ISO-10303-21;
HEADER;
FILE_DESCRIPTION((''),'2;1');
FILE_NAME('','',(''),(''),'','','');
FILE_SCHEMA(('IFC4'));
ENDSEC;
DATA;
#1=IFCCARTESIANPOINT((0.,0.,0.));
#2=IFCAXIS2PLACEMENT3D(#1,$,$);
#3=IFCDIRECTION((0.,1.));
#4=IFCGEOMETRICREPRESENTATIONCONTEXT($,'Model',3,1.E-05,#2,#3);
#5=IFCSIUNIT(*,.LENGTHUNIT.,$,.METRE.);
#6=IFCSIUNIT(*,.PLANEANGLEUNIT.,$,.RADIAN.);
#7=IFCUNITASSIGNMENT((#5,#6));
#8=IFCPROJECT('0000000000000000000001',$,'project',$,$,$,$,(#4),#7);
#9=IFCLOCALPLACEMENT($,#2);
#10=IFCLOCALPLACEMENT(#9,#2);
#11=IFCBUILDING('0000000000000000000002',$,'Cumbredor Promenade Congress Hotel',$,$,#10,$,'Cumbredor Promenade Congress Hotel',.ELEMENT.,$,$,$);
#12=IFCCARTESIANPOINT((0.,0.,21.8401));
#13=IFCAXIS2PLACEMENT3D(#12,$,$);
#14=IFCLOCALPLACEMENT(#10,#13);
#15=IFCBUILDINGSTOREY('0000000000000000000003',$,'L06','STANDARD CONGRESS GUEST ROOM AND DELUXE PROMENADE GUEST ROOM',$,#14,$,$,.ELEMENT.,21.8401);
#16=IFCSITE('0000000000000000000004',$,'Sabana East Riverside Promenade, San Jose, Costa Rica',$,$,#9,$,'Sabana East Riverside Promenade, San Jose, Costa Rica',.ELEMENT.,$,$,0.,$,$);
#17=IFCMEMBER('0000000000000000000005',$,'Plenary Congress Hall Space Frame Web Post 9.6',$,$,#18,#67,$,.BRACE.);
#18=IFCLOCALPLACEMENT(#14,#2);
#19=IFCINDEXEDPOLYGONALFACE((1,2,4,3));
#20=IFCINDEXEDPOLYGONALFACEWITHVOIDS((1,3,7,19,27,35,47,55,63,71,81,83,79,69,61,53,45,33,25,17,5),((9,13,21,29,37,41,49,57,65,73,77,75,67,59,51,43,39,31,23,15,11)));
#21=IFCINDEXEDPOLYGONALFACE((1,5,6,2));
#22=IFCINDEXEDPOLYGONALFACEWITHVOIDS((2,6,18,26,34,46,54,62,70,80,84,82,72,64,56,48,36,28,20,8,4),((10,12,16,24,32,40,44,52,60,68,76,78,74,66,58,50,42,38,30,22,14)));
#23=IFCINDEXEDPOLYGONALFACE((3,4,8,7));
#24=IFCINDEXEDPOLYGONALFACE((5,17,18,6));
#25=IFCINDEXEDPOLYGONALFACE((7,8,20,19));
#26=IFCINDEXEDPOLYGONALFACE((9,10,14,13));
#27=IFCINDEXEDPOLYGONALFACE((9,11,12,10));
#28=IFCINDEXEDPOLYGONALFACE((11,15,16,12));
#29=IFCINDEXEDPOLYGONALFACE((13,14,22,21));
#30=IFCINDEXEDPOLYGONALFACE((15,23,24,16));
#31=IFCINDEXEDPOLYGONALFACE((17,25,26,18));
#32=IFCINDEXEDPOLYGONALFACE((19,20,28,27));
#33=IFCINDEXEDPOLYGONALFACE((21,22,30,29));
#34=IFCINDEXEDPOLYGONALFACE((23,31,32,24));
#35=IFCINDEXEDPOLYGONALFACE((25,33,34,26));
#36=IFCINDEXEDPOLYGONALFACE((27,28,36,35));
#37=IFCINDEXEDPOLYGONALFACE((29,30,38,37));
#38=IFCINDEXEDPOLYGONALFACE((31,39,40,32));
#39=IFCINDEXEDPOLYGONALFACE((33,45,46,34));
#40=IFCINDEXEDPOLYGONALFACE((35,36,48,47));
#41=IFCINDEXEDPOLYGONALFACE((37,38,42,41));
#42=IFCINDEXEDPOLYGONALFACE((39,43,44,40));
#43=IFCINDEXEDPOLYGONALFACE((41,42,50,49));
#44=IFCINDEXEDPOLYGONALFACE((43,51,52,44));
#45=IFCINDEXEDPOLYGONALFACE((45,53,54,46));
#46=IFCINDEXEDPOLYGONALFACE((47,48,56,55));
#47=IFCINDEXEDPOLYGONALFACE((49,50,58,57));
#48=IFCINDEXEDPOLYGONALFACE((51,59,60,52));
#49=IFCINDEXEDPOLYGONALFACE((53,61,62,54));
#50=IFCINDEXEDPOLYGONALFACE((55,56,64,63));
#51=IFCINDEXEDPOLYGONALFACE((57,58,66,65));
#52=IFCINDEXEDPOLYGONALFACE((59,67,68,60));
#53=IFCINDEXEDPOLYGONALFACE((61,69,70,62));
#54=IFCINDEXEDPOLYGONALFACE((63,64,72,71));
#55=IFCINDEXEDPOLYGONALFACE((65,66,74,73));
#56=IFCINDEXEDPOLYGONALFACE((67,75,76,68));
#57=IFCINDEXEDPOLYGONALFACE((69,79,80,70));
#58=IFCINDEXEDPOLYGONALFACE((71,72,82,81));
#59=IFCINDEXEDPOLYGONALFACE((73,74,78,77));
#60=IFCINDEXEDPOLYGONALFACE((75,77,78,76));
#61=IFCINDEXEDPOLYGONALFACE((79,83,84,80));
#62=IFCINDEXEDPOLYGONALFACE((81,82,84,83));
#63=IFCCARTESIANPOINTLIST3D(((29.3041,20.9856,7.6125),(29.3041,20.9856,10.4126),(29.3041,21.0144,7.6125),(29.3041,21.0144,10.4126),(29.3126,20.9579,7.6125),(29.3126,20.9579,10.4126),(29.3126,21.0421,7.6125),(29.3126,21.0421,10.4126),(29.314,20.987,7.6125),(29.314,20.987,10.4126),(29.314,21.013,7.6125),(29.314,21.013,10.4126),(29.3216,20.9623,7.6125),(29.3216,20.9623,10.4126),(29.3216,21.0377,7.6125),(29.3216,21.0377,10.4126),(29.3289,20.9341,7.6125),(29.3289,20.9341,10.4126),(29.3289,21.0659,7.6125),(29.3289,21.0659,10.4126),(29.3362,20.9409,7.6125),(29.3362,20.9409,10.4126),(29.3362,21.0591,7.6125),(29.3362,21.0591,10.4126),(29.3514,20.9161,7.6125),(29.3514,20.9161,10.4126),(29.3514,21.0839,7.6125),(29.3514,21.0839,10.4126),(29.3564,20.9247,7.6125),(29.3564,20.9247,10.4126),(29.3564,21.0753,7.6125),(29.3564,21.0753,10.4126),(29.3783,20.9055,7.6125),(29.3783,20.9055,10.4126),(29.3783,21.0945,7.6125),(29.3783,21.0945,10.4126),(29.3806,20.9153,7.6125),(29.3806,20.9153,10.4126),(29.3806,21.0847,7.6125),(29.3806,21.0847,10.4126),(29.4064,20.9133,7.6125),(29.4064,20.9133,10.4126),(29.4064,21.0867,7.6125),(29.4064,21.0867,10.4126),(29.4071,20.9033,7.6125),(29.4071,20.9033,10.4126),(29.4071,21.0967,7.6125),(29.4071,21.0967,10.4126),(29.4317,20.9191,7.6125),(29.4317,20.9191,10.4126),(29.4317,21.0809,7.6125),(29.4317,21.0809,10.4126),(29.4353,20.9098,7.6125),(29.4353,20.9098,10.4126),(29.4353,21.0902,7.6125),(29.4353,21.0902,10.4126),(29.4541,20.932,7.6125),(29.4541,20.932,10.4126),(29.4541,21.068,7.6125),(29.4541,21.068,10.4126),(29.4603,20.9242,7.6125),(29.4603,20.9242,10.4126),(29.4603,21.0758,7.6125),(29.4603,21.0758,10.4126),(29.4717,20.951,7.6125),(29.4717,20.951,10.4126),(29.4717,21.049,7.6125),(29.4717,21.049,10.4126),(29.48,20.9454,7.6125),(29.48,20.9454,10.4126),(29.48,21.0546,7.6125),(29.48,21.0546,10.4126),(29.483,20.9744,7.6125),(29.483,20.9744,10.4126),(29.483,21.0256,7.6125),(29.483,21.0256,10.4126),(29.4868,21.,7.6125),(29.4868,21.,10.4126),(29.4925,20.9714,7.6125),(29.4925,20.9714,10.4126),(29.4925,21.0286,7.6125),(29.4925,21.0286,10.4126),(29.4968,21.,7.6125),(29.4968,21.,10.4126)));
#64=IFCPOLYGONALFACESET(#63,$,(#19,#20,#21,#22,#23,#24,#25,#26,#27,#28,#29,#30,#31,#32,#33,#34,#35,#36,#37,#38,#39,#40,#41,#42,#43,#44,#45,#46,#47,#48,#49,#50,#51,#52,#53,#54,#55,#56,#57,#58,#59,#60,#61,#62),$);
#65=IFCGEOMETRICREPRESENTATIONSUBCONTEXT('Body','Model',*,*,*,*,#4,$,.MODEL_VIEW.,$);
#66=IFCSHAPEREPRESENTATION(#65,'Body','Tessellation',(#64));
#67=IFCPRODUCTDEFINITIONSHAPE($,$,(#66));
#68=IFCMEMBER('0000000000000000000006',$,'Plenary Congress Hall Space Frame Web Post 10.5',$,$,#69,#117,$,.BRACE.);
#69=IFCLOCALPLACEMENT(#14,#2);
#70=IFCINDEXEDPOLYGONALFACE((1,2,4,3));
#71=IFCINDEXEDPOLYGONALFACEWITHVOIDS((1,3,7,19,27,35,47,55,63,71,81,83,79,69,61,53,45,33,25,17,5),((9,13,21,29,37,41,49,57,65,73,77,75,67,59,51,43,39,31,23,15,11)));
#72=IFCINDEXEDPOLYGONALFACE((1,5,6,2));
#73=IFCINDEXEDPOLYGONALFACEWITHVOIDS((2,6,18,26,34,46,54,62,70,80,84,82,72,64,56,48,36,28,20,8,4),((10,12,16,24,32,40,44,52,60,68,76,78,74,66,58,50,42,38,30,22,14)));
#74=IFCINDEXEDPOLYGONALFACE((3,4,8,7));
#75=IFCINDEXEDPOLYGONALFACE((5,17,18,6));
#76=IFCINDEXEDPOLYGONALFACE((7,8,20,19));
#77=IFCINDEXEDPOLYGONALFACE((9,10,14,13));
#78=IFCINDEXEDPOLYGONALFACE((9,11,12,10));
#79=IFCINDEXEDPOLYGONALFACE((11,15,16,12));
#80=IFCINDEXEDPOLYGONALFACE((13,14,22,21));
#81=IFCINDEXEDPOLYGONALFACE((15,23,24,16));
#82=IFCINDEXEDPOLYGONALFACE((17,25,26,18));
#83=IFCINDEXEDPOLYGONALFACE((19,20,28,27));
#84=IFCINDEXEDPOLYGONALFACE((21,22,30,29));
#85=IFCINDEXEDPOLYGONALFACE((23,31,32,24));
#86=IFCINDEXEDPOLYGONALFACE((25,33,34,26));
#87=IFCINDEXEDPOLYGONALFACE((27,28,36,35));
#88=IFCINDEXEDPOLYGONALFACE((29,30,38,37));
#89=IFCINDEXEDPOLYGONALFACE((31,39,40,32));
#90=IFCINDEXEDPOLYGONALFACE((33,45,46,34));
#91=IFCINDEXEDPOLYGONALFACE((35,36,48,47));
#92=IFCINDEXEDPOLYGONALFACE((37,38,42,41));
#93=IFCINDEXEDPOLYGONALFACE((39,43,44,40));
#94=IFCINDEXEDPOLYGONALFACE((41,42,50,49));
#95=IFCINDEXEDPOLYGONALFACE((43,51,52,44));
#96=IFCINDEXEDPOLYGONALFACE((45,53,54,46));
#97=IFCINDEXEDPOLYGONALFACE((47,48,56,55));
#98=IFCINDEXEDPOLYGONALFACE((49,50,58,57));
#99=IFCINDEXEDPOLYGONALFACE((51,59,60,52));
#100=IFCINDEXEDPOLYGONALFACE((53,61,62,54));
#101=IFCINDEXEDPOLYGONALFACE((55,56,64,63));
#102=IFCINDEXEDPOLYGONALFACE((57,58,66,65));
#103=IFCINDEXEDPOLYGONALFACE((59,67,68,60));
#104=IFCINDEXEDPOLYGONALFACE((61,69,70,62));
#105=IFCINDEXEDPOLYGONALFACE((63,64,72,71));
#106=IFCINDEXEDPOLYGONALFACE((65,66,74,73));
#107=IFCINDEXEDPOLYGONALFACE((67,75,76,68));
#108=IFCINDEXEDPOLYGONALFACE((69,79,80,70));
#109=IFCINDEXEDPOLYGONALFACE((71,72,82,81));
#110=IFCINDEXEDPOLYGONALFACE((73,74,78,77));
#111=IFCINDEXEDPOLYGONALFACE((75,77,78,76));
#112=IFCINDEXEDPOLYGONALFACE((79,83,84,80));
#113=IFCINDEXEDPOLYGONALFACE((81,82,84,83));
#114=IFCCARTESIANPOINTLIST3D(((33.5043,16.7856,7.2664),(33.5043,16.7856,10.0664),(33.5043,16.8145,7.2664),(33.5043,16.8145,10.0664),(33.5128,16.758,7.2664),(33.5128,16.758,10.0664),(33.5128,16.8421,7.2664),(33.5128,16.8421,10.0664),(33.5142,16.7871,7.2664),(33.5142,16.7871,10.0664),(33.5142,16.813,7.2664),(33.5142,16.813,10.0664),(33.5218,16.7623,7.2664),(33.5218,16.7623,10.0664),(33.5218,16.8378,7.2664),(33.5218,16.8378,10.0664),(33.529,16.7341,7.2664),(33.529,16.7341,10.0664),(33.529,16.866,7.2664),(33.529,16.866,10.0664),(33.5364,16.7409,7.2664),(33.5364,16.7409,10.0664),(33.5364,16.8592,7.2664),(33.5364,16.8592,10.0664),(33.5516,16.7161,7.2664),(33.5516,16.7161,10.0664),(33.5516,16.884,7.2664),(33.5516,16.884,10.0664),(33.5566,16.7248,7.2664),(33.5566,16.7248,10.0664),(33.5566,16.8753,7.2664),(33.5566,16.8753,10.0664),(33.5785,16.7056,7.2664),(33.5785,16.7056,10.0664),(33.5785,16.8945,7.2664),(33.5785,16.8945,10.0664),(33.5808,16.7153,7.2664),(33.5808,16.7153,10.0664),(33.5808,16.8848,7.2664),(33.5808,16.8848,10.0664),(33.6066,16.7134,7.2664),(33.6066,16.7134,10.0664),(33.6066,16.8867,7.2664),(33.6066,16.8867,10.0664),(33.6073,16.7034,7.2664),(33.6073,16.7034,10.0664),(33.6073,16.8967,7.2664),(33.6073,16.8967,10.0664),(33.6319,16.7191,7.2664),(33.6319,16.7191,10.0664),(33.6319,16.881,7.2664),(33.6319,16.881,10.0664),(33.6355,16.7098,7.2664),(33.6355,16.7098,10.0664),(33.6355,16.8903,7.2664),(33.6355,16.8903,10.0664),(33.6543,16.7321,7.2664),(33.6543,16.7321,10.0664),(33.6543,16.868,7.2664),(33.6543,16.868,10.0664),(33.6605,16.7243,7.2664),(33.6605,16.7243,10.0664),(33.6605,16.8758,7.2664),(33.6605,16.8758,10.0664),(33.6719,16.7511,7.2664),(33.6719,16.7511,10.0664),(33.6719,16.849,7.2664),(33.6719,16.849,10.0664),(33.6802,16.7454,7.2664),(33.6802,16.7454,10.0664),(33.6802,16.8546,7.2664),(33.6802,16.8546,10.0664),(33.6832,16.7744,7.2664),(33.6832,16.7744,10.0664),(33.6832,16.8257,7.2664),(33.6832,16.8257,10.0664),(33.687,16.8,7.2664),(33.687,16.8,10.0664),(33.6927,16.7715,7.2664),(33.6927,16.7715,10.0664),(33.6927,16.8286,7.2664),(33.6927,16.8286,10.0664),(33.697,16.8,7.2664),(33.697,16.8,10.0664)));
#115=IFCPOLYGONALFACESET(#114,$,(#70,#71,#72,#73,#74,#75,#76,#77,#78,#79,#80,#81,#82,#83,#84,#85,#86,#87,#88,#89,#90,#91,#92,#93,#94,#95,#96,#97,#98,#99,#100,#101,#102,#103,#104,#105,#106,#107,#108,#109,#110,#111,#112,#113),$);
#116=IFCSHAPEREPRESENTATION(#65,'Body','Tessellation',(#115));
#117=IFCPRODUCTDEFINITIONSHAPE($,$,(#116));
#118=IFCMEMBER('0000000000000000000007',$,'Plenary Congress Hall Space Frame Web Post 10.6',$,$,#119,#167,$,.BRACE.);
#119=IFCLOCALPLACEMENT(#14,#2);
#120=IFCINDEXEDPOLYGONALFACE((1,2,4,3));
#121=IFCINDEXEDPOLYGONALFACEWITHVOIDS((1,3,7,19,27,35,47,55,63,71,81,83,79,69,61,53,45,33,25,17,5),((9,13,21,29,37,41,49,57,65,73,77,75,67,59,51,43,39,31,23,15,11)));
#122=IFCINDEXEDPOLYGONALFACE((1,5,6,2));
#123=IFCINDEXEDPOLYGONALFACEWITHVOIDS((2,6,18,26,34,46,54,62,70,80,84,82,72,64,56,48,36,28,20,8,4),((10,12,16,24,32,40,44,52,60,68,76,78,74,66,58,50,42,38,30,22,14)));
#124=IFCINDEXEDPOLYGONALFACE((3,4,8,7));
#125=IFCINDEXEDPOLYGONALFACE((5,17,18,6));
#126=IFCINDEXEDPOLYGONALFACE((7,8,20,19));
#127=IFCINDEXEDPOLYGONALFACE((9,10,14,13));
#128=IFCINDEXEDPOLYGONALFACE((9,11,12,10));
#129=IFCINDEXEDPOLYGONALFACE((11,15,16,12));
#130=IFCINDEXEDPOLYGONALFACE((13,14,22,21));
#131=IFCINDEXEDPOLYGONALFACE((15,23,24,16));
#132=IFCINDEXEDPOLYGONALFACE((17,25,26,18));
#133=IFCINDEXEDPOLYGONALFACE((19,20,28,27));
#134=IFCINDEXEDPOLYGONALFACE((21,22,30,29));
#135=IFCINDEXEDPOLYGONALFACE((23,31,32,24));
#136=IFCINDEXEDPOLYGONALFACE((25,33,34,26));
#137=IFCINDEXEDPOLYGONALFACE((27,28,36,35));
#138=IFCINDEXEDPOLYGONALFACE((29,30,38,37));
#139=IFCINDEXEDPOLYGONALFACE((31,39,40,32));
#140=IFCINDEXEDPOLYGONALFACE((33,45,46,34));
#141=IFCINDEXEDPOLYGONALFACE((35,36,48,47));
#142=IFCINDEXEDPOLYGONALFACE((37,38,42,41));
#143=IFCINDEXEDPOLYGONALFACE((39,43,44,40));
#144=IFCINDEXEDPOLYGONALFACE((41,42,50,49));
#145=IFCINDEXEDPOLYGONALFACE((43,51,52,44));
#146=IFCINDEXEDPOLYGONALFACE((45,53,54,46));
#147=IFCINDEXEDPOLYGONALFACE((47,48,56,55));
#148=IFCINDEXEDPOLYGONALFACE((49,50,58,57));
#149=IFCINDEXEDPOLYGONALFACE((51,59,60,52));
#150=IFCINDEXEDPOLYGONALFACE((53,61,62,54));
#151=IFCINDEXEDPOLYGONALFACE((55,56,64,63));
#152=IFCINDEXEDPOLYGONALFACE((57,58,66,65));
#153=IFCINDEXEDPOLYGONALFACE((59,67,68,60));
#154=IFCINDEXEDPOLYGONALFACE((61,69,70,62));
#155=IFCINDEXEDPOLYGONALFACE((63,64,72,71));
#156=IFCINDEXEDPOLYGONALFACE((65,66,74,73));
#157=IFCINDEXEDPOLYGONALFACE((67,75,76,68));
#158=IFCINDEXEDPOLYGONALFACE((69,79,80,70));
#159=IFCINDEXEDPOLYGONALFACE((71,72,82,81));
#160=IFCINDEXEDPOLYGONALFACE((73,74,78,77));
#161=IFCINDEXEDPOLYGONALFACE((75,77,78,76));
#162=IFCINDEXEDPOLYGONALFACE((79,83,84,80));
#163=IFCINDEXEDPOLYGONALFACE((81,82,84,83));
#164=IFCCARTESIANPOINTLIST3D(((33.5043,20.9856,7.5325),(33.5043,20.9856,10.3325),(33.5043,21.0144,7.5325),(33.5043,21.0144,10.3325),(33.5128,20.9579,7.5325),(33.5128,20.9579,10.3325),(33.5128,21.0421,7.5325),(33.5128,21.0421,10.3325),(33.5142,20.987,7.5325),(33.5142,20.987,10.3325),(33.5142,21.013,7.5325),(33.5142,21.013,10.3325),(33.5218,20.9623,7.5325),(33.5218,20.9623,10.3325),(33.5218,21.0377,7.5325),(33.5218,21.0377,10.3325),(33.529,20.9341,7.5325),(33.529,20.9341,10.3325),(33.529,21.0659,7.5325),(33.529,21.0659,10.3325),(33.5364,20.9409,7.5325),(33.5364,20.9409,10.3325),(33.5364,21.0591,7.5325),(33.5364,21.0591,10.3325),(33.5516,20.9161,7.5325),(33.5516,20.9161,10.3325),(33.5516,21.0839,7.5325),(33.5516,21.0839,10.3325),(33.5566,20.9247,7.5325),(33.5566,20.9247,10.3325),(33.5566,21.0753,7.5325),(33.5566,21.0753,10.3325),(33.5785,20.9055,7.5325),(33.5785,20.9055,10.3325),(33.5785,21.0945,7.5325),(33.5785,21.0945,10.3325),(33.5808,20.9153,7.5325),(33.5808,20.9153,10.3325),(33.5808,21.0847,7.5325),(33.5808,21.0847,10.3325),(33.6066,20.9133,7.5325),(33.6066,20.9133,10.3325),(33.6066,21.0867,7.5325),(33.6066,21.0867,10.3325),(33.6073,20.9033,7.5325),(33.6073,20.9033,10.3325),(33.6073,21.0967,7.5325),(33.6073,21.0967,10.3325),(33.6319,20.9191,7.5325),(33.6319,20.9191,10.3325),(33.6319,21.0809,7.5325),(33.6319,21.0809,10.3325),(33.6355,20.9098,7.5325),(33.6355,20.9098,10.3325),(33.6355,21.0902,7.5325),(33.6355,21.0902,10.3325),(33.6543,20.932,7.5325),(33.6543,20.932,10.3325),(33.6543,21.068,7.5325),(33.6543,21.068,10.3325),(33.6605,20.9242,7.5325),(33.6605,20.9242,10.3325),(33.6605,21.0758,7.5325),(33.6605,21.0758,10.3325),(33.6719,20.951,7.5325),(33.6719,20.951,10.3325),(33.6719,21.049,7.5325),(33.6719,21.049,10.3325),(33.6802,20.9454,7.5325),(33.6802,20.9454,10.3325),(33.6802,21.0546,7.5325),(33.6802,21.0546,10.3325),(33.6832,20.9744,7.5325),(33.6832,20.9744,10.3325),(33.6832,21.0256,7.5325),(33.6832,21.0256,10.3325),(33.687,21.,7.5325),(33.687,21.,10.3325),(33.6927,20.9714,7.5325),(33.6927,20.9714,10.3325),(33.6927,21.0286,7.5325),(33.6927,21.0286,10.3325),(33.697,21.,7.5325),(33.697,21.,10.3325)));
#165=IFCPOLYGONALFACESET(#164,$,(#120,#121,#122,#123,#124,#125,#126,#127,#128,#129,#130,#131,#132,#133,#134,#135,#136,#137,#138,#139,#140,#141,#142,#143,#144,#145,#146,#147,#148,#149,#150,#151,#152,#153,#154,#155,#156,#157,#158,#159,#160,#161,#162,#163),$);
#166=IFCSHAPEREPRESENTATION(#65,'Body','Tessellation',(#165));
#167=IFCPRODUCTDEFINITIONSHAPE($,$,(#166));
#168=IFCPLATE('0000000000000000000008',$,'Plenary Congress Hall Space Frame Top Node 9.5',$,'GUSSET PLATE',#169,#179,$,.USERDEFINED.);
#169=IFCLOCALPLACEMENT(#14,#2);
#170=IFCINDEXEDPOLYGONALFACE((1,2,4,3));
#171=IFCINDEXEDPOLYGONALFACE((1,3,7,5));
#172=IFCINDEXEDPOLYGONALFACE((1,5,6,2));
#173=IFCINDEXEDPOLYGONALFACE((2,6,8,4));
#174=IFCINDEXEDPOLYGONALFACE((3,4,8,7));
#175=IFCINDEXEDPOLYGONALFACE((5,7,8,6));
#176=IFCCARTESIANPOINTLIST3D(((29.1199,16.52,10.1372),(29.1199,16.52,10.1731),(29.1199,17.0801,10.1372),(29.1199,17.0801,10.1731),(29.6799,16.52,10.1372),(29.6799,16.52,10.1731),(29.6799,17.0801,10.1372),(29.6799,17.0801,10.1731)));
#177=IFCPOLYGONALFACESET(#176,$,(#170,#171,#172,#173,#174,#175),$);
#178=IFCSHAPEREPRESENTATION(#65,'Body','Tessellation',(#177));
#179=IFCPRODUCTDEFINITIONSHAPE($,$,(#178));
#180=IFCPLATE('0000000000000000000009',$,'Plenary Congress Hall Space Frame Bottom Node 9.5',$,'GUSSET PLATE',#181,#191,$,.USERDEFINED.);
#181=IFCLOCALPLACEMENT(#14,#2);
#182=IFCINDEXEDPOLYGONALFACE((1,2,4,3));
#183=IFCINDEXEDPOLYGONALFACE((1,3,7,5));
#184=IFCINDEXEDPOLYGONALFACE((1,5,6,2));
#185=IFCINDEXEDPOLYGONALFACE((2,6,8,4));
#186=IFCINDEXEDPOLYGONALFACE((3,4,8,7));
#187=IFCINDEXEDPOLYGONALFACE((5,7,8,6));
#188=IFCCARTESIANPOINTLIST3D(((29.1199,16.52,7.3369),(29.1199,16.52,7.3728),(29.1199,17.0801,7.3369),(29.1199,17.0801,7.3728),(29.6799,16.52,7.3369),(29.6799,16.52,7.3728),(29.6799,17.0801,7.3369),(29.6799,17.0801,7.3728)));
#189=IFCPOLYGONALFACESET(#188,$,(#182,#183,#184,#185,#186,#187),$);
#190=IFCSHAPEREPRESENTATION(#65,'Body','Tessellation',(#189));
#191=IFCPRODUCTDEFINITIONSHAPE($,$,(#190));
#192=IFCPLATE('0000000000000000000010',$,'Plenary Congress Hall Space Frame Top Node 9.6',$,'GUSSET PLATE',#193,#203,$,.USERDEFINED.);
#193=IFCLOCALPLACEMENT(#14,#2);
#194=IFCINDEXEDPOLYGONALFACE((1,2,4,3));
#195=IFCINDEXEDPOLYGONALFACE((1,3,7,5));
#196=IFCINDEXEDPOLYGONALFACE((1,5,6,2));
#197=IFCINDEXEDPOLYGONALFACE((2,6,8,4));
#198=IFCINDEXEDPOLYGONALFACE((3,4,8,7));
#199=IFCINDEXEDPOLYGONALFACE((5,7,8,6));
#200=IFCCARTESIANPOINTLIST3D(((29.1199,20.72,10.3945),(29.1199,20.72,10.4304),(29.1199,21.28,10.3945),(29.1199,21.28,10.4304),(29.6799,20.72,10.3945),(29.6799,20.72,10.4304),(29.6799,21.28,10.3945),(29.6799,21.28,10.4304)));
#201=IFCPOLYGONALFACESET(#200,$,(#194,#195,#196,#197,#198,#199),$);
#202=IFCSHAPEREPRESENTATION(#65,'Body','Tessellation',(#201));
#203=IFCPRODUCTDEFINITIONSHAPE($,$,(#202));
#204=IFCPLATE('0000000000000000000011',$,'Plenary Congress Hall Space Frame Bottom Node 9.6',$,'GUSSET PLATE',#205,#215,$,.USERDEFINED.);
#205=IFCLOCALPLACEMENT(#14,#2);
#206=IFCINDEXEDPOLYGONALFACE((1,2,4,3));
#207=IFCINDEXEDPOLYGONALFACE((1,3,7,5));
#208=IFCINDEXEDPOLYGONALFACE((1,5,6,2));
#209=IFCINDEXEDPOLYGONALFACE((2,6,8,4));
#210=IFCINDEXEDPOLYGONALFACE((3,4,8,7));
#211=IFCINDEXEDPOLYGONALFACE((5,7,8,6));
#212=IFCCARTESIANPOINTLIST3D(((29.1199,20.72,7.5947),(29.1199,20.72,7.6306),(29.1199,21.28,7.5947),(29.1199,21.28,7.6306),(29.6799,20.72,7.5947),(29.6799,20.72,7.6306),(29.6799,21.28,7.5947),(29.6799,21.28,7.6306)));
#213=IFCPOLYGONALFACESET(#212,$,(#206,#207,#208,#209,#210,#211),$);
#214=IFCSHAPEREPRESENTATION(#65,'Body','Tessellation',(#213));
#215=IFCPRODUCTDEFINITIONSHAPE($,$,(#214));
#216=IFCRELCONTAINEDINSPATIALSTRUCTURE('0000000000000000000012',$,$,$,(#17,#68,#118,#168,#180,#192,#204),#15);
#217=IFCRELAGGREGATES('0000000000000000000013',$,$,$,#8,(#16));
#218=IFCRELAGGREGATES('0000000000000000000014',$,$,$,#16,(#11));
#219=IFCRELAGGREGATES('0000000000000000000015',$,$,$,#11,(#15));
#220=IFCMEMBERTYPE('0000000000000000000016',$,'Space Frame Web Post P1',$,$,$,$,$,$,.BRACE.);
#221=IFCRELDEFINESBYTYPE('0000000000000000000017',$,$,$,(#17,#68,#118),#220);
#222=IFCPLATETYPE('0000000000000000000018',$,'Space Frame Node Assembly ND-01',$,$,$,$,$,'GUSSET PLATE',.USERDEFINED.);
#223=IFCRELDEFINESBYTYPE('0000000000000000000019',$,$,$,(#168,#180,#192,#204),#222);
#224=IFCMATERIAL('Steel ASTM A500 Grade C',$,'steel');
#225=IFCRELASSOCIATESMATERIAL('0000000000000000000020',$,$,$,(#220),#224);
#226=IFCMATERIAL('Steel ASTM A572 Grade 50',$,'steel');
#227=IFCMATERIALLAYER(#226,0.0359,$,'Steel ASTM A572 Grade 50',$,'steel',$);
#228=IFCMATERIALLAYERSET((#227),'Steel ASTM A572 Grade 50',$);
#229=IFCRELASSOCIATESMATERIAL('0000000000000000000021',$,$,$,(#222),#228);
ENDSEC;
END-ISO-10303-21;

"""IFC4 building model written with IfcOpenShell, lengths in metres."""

from ifc_helpers import new_model, si_unit, direction, frame, origin, origin_2d, place, context, subcontext, project, spatial, rectangle, hollow_circle, extrude, material, layer, layer_set, material_profile, profile_set, type_object, element, save


model = new_model("IFC4")

# Units and contexts
model_context = context("Model", 3, precision=1e-05, world=origin(), true_north=direction((0.0, 1.0)))
body_context = subcontext(model_context, "Body", "Model", "MODEL_VIEW")
ifc_project = project(units=[si_unit("LENGTHUNIT", "METRE"), si_unit("PLANEANGLEUNIT", "RADIAN")], contexts=[model_context])

# Site, building, storey
site_placement = place(None, origin())
site = spatial("IfcSite", under=ifc_project, at=site_placement, Name="Sabana East Riverside Promenade, San Jose, Costa Rica", LongName="Sabana East Riverside Promenade, San Jose, Costa Rica", CompositionType="ELEMENT", RefElevation=0.0)
building_placement = place(site_placement, origin())
building = spatial("IfcBuilding", under=site, at=building_placement, Name="Cumbredor Promenade Congress Hotel", LongName="Cumbredor Promenade Congress Hotel", CompositionType="ELEMENT")
storey_placement = place(building_placement, frame((0.0, 0.0, 21.8401)))
storey = spatial("IfcBuildingStorey", under=building, at=storey_placement, Name="L06", Description="STANDARD CONGRESS GUEST ROOM AND DELUXE PROMENADE GUEST ROOM", CompositionType="ELEMENT", Elevation=21.8401)

# Members
ifc_material_1 = material(Name="Steel ASTM A500 Grade C", Category="steel")
ifc_material_profile_1 = material_profile(ifc_material_1, hollow_circle(Radius=0.0969, WallThickness=0.01, at=origin_2d()), Name="CHS 193.7x10")
ifc_profile_set_1 = profile_set([ifc_material_profile_1], Name="Steel ASTM A500 Grade C")
member_type_1 = type_object("IfcMemberType", Name="Space Frame Web Post P1", PredefinedType="BRACE", material=ifc_profile_set_1)
for number, where, z_axis, x_axis, name in (
    (1, (29.3999, 21.0, 7.6125), (0.0, 0.0, 1.0), (1.0, 0.0, 0.0), "Plenary Congress Hall Space Frame Web Post 9.6"),
    (2, (33.6001, 16.8, 7.2664), (0.0, 0.0, 1.0), (1.0, 0.0, 0.0), "Plenary Congress Hall Space Frame Web Post 10.5"),
    (3, (33.6001, 21.0, 7.5325), (0.0, 0.0, 1.0), (1.0, 0.0, 0.0), "Plenary Congress Hall Space Frame Web Post 10.6"),
):
    element("IfcMember", number, at=place(storey_placement, frame(where, z_axis=z_axis, x_axis=x_axis)), inside=storey, type_object=member_type_1, Name=name, PredefinedType="BRACE", context=body_context, shape_type="SweptSolid", body=[
        extrude(hollow_circle(Radius=0.0969, WallThickness=0.01, at=origin_2d()), origin(), (0.0, 0.0, 1.0), 2.8),
    ])

# Plates
ifc_material_2 = material(Name="Steel ASTM A572 Grade 50", Category="steel")
ifc_layer = layer(ifc_material_2, 0.0359, Name="Steel ASTM A572 Grade 50", Category="steel")
ifc_layer_set = layer_set([ifc_layer], Name="Steel ASTM A572 Grade 50")
plate_type = type_object("IfcPlateType", Name="Space Frame Node Assembly ND-01", ElementType="GUSSET PLATE", PredefinedType="USERDEFINED", material=ifc_layer_set)
for number, where, z_axis, x_axis, name in (
    (4, (29.3999, 16.8, 10.1372), (0.0, 0.0, 1.0), (1.0, 0.0, 0.0), "Plenary Congress Hall Space Frame Top Node 9.5"),
    (5, (29.3999, 16.8, 7.3369), (0.0, 0.0, 1.0), (1.0, 0.0, 0.0), "Plenary Congress Hall Space Frame Bottom Node 9.5"),
    (6, (29.3999, 21.0, 10.3945), (0.0, 0.0, 1.0), (1.0, 0.0, 0.0), "Plenary Congress Hall Space Frame Top Node 9.6"),
    (7, (29.3999, 21.0, 7.5947), (0.0, 0.0, 1.0), (1.0, 0.0, 0.0), "Plenary Congress Hall Space Frame Bottom Node 9.6"),
):
    element("IfcPlate", number, at=place(storey_placement, frame(where, z_axis=z_axis, x_axis=x_axis)), inside=storey, type_object=plate_type, Name=name, ObjectType="GUSSET PLATE", PredefinedType="USERDEFINED", context=body_context, shape_type="SweptSolid", body=[
        extrude(rectangle(XDim=0.5601, YDim=0.5601, at=origin_2d()), origin(), (0.0, 0.0, 1.0), 0.0359),
    ])

save(model, "model.ifc")
